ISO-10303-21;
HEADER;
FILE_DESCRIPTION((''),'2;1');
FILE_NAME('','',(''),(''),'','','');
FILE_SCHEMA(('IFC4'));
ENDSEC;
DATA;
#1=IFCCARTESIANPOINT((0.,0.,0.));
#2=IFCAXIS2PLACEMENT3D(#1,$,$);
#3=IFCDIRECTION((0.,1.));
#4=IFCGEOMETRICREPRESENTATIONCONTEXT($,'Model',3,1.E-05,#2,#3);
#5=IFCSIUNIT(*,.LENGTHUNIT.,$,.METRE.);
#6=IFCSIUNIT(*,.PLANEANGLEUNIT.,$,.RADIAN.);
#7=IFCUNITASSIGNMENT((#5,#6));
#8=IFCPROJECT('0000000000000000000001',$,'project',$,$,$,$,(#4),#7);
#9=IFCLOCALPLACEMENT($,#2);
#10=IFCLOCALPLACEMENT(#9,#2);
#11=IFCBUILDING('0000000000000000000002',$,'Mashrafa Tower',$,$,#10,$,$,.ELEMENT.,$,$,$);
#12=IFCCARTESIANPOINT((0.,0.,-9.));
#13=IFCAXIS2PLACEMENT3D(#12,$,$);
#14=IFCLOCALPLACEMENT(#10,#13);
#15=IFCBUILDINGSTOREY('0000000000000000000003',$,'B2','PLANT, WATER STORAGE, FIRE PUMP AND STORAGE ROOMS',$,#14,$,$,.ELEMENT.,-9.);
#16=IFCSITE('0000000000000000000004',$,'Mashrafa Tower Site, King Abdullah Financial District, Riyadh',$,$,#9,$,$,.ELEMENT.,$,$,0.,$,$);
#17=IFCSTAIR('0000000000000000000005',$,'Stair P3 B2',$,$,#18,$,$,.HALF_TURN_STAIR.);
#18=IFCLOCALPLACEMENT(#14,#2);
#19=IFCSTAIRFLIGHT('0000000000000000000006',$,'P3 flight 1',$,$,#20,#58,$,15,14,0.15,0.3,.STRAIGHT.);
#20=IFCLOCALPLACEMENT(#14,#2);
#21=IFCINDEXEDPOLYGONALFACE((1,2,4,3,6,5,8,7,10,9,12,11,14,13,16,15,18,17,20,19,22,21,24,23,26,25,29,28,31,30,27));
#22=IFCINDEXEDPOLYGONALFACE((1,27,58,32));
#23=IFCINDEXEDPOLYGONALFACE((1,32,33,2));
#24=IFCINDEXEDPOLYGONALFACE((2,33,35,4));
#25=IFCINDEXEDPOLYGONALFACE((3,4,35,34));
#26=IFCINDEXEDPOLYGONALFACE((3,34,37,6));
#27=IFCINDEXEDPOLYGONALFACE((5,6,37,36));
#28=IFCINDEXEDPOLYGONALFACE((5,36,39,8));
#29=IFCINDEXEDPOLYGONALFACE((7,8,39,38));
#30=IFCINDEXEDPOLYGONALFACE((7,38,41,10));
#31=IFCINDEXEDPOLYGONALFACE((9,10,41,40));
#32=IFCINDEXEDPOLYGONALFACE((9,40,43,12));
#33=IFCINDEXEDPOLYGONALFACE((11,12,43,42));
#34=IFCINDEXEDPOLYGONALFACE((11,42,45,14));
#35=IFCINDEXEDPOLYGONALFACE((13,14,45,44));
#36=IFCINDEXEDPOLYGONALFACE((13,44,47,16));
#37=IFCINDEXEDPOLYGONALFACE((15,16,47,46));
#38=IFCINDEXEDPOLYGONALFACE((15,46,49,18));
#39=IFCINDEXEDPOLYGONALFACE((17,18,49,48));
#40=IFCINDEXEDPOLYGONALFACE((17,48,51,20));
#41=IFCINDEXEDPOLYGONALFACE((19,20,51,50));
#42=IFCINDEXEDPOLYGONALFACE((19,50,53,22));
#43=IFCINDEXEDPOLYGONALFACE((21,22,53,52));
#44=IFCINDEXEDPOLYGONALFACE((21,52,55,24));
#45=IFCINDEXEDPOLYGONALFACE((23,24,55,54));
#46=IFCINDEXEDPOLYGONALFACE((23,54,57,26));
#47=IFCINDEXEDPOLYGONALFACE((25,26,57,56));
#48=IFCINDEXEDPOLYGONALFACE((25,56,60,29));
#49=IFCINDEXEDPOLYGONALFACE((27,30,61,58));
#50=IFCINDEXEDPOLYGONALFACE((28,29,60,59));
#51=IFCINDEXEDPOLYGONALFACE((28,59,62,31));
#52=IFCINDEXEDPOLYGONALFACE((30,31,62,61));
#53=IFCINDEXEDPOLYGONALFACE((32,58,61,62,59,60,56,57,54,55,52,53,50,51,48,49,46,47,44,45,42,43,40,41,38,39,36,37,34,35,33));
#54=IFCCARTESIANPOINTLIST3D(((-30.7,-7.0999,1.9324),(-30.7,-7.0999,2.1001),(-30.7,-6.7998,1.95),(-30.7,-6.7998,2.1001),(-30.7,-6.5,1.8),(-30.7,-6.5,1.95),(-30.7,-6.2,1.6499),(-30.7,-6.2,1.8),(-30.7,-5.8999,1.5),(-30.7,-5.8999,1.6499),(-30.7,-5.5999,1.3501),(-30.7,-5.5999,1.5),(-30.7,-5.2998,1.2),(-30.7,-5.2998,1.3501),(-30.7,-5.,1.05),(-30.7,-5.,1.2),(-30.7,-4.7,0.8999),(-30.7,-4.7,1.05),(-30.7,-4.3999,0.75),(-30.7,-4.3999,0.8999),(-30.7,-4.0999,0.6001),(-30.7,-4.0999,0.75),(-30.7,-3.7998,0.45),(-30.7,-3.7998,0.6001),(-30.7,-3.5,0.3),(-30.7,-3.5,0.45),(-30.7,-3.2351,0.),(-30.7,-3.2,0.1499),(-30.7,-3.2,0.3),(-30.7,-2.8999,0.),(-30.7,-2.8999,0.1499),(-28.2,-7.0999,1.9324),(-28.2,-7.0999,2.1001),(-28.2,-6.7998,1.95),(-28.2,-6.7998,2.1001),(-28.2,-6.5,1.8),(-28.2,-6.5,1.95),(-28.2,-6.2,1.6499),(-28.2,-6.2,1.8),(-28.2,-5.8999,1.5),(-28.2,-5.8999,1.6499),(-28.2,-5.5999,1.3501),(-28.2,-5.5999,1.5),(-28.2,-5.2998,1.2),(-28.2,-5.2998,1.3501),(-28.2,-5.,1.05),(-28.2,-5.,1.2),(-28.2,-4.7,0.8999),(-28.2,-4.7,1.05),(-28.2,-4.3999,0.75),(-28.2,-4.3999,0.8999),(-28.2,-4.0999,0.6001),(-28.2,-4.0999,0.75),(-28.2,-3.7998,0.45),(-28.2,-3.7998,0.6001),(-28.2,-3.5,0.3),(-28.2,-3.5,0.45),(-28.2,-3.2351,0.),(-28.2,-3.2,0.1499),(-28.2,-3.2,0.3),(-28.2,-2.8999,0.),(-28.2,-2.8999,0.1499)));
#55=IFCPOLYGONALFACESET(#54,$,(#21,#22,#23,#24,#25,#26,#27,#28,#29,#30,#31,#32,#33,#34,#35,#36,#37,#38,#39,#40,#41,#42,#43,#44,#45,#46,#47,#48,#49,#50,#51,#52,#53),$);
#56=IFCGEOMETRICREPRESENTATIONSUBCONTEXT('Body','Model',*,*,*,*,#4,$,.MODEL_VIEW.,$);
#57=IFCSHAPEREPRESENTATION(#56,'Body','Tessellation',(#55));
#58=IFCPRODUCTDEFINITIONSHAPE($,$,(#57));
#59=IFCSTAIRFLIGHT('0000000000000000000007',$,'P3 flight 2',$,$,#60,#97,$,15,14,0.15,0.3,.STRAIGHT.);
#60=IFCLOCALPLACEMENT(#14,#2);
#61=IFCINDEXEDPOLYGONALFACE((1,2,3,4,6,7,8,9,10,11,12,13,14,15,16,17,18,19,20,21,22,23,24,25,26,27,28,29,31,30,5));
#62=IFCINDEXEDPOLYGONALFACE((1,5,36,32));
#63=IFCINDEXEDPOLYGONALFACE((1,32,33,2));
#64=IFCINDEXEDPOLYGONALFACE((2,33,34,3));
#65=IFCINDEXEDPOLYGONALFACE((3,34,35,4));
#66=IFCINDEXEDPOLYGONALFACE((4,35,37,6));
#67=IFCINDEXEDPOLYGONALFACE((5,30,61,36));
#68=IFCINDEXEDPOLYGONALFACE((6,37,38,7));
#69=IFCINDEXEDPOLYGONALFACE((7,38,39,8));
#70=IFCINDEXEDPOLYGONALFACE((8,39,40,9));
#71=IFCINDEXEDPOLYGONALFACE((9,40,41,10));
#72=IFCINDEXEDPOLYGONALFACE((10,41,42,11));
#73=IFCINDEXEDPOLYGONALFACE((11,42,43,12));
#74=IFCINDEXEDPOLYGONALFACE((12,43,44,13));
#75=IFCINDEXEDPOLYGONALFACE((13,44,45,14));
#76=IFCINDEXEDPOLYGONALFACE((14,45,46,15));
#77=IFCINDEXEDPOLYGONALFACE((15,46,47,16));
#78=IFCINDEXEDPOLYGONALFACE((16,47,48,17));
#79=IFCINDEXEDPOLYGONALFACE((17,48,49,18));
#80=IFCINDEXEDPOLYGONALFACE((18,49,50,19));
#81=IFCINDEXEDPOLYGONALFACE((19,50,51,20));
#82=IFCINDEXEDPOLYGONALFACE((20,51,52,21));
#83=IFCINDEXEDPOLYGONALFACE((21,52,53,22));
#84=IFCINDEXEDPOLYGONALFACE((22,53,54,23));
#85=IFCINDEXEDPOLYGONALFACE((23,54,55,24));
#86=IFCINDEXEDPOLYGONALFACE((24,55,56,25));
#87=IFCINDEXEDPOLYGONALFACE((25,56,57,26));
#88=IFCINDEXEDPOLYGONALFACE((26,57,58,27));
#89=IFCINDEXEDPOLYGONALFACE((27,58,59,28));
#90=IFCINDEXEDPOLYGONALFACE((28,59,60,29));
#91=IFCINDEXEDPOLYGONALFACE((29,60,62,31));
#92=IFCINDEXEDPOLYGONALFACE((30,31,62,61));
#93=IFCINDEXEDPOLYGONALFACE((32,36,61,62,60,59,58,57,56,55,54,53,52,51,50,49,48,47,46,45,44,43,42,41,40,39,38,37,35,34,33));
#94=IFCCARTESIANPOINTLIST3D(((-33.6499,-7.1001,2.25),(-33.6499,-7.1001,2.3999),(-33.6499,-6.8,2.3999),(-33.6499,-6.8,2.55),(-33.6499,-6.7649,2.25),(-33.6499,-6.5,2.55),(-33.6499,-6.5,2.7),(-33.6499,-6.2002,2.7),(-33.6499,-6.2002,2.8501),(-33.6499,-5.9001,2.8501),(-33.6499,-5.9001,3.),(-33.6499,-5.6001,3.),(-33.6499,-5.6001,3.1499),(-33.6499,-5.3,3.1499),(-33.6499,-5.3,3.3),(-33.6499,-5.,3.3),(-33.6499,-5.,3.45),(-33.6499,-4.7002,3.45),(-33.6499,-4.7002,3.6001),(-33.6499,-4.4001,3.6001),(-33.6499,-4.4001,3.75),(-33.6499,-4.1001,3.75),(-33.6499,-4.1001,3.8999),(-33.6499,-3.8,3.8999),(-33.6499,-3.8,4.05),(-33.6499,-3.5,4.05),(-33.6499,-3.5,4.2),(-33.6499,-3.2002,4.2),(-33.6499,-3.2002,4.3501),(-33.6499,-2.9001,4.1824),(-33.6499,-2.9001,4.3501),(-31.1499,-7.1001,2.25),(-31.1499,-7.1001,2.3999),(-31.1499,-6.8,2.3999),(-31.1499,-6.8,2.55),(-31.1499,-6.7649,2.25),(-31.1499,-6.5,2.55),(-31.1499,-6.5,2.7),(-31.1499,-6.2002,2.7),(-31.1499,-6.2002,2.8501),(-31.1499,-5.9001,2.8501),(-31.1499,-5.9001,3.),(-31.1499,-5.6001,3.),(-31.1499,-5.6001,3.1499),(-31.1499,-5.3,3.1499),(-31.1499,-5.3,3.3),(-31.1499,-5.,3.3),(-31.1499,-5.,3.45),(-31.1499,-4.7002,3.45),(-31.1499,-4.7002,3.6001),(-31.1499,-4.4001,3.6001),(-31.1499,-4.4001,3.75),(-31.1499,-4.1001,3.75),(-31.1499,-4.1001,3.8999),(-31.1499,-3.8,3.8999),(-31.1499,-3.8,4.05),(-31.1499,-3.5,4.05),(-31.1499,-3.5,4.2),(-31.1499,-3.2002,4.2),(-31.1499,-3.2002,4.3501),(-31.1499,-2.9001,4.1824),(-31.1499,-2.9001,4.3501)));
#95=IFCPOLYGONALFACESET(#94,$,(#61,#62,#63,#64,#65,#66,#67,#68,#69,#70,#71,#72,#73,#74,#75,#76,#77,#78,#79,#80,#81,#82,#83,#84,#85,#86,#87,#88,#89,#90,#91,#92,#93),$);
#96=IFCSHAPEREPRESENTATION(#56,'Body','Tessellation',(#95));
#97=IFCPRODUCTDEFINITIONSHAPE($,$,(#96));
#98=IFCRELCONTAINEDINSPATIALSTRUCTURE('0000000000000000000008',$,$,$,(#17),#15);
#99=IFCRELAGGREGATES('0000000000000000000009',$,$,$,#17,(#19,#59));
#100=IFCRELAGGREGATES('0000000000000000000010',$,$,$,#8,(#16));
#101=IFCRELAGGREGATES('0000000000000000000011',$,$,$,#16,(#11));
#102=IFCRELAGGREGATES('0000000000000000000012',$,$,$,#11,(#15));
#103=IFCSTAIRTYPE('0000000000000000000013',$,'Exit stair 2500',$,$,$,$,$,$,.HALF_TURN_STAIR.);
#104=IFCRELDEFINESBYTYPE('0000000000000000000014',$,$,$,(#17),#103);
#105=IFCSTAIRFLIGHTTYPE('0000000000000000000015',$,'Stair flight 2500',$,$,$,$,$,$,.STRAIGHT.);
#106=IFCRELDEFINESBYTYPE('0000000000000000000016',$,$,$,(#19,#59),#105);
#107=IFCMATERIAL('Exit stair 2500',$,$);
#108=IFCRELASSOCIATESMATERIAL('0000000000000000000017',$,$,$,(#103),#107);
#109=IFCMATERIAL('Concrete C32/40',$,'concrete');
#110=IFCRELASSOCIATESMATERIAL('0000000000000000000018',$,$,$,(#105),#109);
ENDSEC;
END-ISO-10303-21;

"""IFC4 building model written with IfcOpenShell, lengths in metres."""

from ifc_helpers import new_model, si_unit, direction, frame, origin, place, context, subcontext, project, spatial, polyline, outline, extrude, material, type_object, element, aggregate, save


model = new_model("IFC4")

# Units and contexts
model_context = context("Model", 3, precision=1e-05, world=origin(), true_north=direction((0.0, 1.0)))
body_context = subcontext(model_context, "Body", "Model", "MODEL_VIEW")
ifc_project = project(units=[si_unit("LENGTHUNIT", "METRE"), si_unit("PLANEANGLEUNIT", "RADIAN")], contexts=[model_context])

# Site, building, storey
site_placement = place(None, origin())
site = spatial("IfcSite", under=ifc_project, at=site_placement, Name="Mashrafa Tower Site, King Abdullah Financial District, Riyadh", CompositionType="ELEMENT", RefElevation=0.0)
building_placement = place(site_placement, origin())
building = spatial("IfcBuilding", under=site, at=building_placement, Name="Mashrafa Tower", CompositionType="ELEMENT")
storey_placement = place(building_placement, frame((0.0, 0.0, -9.0)))
storey = spatial("IfcBuildingStorey", under=building, at=storey_placement, Name="B2", Description="PLANT, WATER STORAGE, FIRE PUMP AND STORAGE ROOMS", CompositionType="ELEMENT", Elevation=-9.0)

# Stair, stair flights
ifc_material_1 = material(Name="Exit stair 2500")
stair_type = type_object("IfcStairType", Name="Exit stair 2500", PredefinedType="HALF_TURN_STAIR", material=ifc_material_1)
stair_placement = place(storey_placement, origin())
stair = element("IfcStair", 1, at=stair_placement, inside=storey, type_object=stair_type, Name="Stair P3 B2", PredefinedType="HALF_TURN_STAIR")
ifc_material_2 = material(Name="Concrete C32/40", Category="concrete")
stair_flight_type = type_object("IfcStairFlightType", Name="Stair flight 2500", PredefinedType="STRAIGHT", material=ifc_material_2)
stair_flight_1_placement = place(storey_placement, frame((-29.45, -2.8999, 0.0), z_axis=(0.0, 0.0, 1.0), x_axis=(0.0, -1.0, 0.0)))
stair_flight_1 = element("IfcStairFlight", 2, at=stair_flight_1_placement, type_object=stair_flight_type, Name="P3 flight 1", NumberOfRisers=15, NumberOfTreads=14, PredefinedType="STRAIGHT", RiserHeight=0.15, TreadLength=0.3, context=body_context, shape_type="SweptSolid", body=[
    extrude(outline(polyline([(0.0, 0.0), (0.0, 0.1499), (0.3, 0.1499), (0.3, 0.3), (0.6001, 0.3), (0.6001, 0.45), (0.8999, 0.45), (0.8999, 0.6001), (1.2, 0.6001), (1.2, 0.75), (1.5, 0.75), (1.5, 0.8999), (1.8, 0.8999), (1.8, 1.05), (2.1001, 1.05), (2.1001, 1.2), (2.3999, 1.2), (2.3999, 1.3501), (2.7, 1.3501), (2.7, 1.5), (3.0, 1.5), (3.0, 1.6499), (3.3, 1.6499), (3.3, 1.8), (3.6001, 1.8), (3.6001, 1.95), (3.8999, 1.95), (3.8999, 2.1001), (4.2, 2.1001), (4.2, 2.25), (4.2, 1.9324), (0.3352, 0.0), (0.0, 0.0)])), frame((0.0, 1.25, 0.0), z_axis=(0.0, -1.0, 0.0), x_axis=(1.0, 0.0, 0.0)), (0.0, 0.0, 1.0), 2.5),
])
stair_flight_2_placement = place(storey_placement, frame((-32.3999, -7.1001, 2.25), z_axis=(0.0, 0.0, 1.0), x_axis=(0.0, 1.0, 0.0)))
stair_flight_2 = element("IfcStairFlight", 3, at=stair_flight_2_placement, type_object=stair_flight_type, Name="P3 flight 2", NumberOfRisers=15, NumberOfTreads=14, PredefinedType="STRAIGHT", RiserHeight=0.15, TreadLength=0.3, context=body_context, shape_type="SweptSolid", body=[
    extrude(outline(polyline([(0.0, 0.0), (0.0, 0.1499), (0.3, 0.1499), (0.3, 0.3), (0.6001, 0.3), (0.6001, 0.45), (0.8999, 0.45), (0.8999, 0.6001), (1.2, 0.6001), (1.2, 0.75), (1.5, 0.75), (1.5, 0.8999), (1.8, 0.8999), (1.8, 1.05), (2.1001, 1.05), (2.1001, 1.2), (2.3999, 1.2), (2.3999, 1.3501), (2.7, 1.3501), (2.7, 1.5), (3.0, 1.5), (3.0, 1.6499), (3.3, 1.6499), (3.3, 1.8), (3.6001, 1.8), (3.6001, 1.95), (3.8999, 1.95), (3.8999, 2.1001), (4.2, 2.1001), (4.2, 2.25), (4.2, 1.9324), (0.3352, 0.0), (0.0, 0.0)])), frame((0.0, 1.25, 0.0), z_axis=(0.0, -1.0, 0.0), x_axis=(1.0, 0.0, 0.0)), (0.0, 0.0, 1.0), 2.5),
])
aggregate(stair, [stair_flight_1, stair_flight_2])

save(model, "model.ifc")
